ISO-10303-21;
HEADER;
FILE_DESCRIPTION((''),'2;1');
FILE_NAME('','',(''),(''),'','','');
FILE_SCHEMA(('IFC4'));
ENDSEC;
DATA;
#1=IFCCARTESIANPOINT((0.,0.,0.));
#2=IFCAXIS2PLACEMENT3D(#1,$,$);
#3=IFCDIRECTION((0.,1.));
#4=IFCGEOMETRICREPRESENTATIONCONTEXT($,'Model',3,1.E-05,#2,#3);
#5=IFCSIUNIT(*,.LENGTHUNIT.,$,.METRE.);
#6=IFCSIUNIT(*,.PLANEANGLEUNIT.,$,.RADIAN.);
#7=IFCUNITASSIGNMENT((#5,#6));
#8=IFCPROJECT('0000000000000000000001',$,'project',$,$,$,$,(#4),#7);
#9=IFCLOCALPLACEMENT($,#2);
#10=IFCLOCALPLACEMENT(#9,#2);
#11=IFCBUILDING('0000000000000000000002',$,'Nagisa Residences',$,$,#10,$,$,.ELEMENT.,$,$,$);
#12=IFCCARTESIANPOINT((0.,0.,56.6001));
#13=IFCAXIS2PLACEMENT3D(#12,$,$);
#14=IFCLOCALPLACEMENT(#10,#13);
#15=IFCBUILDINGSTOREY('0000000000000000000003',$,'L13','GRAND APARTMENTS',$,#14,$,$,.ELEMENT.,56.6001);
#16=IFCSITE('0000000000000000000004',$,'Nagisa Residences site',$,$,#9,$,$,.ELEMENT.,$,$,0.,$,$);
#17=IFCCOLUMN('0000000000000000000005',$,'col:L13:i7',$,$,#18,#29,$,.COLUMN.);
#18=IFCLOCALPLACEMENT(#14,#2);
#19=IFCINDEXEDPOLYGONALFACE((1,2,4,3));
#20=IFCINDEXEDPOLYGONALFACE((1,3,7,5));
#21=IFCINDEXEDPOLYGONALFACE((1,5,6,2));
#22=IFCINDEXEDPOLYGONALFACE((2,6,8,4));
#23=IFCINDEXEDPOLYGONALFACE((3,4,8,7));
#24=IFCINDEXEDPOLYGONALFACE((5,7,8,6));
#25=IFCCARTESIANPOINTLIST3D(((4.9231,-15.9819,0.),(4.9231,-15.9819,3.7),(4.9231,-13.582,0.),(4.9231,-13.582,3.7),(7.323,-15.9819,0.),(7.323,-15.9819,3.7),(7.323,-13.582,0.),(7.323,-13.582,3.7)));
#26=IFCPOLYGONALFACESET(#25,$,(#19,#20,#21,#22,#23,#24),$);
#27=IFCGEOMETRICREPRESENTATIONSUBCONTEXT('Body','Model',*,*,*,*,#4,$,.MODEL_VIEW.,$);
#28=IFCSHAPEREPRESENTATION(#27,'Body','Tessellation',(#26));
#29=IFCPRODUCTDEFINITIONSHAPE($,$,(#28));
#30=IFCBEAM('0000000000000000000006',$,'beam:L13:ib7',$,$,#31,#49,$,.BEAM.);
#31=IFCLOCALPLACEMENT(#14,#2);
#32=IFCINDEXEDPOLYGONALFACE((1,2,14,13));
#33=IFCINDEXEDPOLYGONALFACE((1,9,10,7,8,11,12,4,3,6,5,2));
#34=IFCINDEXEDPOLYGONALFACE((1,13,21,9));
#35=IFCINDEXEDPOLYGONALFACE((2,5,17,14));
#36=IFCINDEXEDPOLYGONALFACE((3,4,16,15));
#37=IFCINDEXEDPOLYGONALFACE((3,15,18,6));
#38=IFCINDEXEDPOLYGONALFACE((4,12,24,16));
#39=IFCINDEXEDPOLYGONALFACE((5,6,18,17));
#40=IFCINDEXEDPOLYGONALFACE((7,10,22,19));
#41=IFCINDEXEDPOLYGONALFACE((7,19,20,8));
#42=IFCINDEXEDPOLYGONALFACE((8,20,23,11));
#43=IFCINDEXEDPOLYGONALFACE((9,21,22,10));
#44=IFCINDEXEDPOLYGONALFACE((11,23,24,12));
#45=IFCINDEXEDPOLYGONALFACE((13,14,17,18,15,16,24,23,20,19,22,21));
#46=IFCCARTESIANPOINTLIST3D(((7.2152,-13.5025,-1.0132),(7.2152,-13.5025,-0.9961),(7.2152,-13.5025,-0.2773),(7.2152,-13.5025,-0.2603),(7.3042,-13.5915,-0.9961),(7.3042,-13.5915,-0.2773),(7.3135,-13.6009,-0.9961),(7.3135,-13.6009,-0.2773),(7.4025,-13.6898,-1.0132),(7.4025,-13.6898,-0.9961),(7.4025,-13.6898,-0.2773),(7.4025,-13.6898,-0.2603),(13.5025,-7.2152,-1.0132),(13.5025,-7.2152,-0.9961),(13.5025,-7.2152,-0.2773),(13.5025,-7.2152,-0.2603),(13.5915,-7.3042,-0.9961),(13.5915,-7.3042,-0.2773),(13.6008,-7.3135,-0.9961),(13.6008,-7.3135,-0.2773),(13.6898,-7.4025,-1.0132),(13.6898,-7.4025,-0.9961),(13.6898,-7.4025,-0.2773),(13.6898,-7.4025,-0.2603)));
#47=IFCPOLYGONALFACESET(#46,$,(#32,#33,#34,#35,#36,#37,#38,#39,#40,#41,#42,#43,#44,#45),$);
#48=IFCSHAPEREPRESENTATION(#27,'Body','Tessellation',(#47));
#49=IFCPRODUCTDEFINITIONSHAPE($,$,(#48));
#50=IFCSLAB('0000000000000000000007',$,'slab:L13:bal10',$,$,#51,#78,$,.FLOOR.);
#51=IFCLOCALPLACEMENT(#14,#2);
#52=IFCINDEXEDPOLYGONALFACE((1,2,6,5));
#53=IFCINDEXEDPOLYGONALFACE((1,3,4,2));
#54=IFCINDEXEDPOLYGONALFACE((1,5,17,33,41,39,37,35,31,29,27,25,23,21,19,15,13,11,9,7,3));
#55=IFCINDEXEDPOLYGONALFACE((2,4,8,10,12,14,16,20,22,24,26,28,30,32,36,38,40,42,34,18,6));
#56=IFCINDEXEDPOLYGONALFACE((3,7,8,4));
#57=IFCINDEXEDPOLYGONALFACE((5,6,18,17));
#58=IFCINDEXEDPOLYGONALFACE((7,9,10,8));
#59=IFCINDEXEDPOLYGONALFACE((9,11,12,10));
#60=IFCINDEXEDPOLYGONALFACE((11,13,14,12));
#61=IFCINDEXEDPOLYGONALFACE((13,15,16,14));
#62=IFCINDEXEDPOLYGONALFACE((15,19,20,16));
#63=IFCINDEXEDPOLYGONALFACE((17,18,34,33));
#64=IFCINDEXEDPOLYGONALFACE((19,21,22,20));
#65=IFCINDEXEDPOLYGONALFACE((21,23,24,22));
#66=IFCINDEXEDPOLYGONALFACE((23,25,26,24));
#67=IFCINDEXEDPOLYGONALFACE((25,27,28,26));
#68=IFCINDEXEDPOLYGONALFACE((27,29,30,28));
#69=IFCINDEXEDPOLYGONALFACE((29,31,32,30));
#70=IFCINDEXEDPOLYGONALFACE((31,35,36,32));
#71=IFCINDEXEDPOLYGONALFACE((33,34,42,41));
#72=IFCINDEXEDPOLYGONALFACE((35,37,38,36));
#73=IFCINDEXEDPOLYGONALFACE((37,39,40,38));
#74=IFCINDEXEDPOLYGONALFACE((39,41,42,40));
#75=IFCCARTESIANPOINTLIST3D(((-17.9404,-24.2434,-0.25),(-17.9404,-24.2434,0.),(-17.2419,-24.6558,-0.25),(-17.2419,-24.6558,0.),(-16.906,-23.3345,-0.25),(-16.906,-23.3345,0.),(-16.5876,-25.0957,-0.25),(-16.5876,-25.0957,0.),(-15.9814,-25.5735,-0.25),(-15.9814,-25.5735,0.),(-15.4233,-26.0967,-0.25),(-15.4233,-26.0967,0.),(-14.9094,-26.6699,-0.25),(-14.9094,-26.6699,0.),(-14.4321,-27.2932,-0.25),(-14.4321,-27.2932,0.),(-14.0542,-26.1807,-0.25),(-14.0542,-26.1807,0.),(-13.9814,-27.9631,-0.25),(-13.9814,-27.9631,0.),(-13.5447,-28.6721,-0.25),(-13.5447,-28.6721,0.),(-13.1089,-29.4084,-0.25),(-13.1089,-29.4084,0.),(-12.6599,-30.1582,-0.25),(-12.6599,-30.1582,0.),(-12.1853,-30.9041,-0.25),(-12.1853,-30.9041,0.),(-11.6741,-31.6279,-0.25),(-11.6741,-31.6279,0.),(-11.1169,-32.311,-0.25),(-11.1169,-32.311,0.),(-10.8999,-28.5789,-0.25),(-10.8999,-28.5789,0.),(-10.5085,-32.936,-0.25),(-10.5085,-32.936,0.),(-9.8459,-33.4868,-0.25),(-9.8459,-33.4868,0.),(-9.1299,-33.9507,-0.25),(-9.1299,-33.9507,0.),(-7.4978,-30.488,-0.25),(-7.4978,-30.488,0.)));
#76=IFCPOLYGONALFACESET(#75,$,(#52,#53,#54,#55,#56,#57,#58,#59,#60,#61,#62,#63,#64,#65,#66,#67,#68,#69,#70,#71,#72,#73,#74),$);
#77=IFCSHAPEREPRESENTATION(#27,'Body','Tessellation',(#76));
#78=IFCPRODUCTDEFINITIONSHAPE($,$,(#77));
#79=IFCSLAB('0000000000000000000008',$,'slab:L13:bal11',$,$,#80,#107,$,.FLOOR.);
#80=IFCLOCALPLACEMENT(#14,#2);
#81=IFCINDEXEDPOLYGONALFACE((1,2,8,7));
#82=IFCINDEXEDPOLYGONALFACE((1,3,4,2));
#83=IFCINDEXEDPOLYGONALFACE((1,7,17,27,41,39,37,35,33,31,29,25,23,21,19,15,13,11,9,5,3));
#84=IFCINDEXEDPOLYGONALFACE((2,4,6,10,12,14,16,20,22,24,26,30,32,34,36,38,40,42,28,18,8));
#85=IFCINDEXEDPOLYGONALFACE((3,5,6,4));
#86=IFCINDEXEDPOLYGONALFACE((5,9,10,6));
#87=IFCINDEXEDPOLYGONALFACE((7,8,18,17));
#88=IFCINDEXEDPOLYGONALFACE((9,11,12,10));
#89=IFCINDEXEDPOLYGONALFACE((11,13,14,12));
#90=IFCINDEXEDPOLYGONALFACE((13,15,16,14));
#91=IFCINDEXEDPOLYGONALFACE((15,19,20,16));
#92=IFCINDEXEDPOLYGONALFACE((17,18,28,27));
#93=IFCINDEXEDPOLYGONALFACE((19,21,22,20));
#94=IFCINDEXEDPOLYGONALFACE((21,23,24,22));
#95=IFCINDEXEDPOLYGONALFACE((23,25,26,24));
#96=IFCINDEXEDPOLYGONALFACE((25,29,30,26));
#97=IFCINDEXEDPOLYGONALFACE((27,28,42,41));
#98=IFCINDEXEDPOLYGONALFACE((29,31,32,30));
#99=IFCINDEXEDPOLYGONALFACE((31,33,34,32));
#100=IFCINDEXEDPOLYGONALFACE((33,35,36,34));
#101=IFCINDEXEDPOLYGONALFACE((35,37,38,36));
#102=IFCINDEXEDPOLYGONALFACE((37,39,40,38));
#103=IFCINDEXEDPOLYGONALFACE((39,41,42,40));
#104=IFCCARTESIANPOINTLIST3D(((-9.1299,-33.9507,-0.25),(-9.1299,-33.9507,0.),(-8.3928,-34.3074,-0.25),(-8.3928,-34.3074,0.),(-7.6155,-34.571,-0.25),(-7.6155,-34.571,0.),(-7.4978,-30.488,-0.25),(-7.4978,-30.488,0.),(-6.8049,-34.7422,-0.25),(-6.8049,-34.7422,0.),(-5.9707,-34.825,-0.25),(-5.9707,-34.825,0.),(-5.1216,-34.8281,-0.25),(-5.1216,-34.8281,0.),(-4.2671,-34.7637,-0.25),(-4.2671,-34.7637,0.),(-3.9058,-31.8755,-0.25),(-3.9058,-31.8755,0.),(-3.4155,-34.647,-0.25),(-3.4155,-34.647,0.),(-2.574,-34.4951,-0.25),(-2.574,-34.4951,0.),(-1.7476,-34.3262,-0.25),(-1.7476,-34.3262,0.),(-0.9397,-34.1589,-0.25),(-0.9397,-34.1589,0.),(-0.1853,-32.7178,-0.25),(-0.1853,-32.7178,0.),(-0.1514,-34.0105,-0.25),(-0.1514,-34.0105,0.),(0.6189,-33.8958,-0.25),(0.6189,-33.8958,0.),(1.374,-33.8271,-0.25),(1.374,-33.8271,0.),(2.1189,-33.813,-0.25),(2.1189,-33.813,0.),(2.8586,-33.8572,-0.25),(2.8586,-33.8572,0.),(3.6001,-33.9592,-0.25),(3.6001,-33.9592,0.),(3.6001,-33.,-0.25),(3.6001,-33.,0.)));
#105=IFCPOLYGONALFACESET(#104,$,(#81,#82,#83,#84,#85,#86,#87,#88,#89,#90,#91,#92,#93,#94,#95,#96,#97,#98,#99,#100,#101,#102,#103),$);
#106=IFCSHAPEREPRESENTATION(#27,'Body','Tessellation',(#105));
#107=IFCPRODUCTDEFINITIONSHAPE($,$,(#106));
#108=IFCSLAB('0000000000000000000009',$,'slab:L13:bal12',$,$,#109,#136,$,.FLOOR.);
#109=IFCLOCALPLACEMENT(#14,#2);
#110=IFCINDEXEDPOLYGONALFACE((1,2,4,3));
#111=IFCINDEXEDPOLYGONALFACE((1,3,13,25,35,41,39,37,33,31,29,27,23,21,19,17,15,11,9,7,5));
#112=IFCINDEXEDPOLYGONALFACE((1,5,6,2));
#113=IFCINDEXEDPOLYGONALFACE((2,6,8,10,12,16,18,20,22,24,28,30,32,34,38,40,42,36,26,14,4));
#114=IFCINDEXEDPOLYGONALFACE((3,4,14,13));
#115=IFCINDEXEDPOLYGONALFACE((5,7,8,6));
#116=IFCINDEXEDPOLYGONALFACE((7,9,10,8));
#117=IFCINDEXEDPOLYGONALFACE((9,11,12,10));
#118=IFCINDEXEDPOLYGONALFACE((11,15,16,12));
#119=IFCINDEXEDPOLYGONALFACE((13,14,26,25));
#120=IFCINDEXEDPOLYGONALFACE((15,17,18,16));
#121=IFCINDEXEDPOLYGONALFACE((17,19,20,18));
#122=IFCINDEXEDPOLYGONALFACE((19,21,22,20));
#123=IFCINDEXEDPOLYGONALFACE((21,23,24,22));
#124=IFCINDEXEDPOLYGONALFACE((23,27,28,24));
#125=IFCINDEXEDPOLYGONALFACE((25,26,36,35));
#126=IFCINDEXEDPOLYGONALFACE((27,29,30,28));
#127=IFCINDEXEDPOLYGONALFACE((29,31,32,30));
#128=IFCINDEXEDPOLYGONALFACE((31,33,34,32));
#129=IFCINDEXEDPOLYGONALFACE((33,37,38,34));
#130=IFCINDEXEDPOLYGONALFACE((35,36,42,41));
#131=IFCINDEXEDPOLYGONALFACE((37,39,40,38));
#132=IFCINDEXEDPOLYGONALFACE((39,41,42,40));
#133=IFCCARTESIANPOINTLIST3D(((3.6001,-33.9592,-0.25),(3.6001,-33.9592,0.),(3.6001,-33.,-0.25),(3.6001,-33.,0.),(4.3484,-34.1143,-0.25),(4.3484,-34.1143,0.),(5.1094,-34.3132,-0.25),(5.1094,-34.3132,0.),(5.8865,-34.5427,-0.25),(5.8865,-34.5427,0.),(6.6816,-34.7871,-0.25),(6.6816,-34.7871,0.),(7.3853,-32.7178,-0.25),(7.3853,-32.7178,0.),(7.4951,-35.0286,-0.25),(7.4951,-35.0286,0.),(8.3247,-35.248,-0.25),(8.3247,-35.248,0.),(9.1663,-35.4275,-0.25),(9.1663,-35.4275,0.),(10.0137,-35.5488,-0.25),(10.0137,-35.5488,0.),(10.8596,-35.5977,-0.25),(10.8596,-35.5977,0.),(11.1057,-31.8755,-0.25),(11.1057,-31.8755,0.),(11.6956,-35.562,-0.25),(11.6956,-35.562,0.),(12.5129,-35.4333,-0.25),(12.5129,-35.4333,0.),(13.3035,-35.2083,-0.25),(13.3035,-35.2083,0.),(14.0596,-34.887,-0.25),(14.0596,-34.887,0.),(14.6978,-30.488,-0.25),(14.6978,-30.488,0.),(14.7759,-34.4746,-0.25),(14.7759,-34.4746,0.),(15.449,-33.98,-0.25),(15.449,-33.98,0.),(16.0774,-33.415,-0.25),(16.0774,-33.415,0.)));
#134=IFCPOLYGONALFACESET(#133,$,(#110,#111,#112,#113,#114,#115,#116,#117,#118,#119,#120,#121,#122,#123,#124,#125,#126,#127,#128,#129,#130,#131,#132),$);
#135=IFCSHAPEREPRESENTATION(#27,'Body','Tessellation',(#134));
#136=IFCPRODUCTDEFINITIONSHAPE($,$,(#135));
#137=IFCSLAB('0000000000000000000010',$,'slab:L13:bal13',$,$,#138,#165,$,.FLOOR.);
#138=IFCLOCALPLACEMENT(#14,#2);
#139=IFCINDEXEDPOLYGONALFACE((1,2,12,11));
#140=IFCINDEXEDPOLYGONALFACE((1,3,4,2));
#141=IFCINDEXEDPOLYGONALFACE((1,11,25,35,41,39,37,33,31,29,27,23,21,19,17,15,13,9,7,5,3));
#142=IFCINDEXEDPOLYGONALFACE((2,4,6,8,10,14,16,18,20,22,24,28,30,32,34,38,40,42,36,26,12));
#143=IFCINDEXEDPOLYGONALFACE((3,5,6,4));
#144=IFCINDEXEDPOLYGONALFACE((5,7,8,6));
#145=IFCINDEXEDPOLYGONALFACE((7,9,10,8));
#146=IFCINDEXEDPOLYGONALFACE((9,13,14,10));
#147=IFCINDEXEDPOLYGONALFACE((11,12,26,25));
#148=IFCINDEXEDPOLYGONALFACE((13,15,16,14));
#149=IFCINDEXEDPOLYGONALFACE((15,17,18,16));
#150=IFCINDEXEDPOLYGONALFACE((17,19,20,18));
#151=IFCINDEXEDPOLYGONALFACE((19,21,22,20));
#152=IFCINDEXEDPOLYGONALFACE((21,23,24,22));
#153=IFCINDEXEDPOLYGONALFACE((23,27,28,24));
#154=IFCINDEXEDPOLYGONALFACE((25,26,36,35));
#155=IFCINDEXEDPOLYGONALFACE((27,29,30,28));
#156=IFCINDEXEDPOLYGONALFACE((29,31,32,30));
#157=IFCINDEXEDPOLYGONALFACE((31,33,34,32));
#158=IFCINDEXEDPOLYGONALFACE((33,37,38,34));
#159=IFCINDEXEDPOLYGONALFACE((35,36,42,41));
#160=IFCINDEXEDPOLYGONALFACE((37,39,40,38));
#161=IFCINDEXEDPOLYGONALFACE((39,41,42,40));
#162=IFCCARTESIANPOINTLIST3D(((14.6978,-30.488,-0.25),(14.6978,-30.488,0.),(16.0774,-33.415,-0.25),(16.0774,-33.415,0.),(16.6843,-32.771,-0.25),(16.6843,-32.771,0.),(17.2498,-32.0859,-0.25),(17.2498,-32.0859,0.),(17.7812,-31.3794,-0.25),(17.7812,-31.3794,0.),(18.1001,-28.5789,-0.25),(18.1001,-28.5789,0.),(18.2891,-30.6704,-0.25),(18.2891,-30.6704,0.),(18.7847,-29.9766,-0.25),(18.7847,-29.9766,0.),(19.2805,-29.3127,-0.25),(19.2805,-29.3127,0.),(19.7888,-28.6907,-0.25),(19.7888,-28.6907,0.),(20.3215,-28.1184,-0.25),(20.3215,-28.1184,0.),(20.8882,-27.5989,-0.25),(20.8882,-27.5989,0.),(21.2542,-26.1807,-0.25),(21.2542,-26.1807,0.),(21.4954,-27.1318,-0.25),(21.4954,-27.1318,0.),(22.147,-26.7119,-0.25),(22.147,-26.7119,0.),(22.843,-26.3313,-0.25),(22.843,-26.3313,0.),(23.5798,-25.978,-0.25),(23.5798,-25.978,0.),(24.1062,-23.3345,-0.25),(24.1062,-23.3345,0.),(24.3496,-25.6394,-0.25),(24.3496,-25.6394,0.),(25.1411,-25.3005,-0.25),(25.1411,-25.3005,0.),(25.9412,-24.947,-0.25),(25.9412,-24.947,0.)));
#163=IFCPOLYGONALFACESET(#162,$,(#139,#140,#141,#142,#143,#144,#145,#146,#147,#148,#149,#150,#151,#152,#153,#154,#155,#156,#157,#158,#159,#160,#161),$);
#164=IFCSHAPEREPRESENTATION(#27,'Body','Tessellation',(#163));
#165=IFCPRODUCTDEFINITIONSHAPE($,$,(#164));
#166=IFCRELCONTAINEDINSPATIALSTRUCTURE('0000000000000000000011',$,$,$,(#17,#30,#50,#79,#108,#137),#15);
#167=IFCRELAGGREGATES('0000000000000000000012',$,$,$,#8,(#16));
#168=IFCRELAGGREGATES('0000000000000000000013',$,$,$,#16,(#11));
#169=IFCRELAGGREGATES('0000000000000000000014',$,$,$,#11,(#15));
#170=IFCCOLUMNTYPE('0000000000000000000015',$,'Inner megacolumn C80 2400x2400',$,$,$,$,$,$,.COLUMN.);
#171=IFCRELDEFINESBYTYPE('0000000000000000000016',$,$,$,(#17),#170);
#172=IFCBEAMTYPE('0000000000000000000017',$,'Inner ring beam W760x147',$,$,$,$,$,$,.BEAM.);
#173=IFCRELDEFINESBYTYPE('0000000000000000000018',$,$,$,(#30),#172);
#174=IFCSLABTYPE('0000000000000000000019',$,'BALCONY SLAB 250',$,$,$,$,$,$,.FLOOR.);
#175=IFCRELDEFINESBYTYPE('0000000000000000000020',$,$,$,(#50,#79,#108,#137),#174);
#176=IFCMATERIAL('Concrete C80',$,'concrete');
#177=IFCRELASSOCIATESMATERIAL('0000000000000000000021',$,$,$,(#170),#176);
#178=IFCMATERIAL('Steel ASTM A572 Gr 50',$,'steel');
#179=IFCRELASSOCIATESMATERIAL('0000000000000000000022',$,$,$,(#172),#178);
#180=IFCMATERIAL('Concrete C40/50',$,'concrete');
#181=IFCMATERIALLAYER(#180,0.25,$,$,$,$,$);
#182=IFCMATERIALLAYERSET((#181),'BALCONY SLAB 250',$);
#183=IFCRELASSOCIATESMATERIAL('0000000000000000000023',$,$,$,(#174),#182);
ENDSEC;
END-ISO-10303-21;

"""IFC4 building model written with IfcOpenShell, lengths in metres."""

from ifc_helpers import new_model, si_unit, direction, frame, origin, origin_2d, place, context, subcontext, project, spatial, polyline, rectangle, i_section, outline, extrude, material, layer, layer_set, material_profile, profile_set, type_object, element, save


model = new_model("IFC4")

# Units and contexts
model_context = context("Model", 3, precision=1e-05, world=origin(), true_north=direction((0.0, 1.0)))
body_context = subcontext(model_context, "Body", "Model", "MODEL_VIEW")
ifc_project = project(units=[si_unit("LENGTHUNIT", "METRE"), si_unit("PLANEANGLEUNIT", "RADIAN")], contexts=[model_context])

# Site, building, storey
site_placement = place(None, origin())
site = spatial("IfcSite", under=ifc_project, at=site_placement, Name="Nagisa Residences site", CompositionType="ELEMENT", RefElevation=0.0)
building_placement = place(site_placement, origin())
building = spatial("IfcBuilding", under=site, at=building_placement, Name="Nagisa Residences", CompositionType="ELEMENT")
storey_placement = place(building_placement, frame((0.0, 0.0, 56.6001)))
storey = spatial("IfcBuildingStorey", under=building, at=storey_placement, Name="L13", Description="GRAND APARTMENTS", CompositionType="ELEMENT", Elevation=56.6001)

# Column
ifc_material_1 = material(Name="Concrete C80", Category="concrete")
ifc_material_profile_1 = material_profile(ifc_material_1, rectangle(XDim=2.3999, YDim=2.3999, at=origin_2d()), Name="C80 2400x2400")
ifc_profile_set_1 = profile_set([ifc_material_profile_1], Name="Concrete C80")
column_type = type_object("IfcColumnType", Name="Inner megacolumn C80 2400x2400", PredefinedType="COLUMN", material=ifc_profile_set_1)
column_placement = place(storey_placement, frame((6.123, -14.782, 0.0), z_axis=(0.0, 0.0, 1.0), x_axis=(1.0, 0.0, 0.0)))
element("IfcColumn", 1, at=column_placement, inside=storey, type_object=column_type, Name="col:L13:i7", PredefinedType="COLUMN", context=body_context, shape_type="SweptSolid", body=[
    extrude(rectangle(XDim=2.3999, YDim=2.3999, at=origin_2d()), origin(), (0.0, 0.0, 1.0), 3.7),
])

# Beam
ifc_material_2 = material(Name="Steel ASTM A572 Gr 50", Category="steel")
ifc_material_profile_2 = material_profile(ifc_material_2, i_section(OverallWidth=0.2649, OverallDepth=0.7529, WebThickness=0.0132, FlangeThickness=0.0171, at=origin_2d()), Name="W760x147")
ifc_profile_set_2 = profile_set([ifc_material_profile_2], Name="Steel ASTM A572 Gr 50")
beam_type = type_object("IfcBeamType", Name="Inner ring beam W760x147", PredefinedType="BEAM", material=ifc_profile_set_2)
beam_placement = place(storey_placement, frame((7.3088, -13.5962, -0.6367), z_axis=(0.707107, 0.707107, 0.0), x_axis=(-0.707107, 0.707107, 0.0)))
element("IfcBeam", 2, at=beam_placement, inside=storey, type_object=beam_type, Name="beam:L13:ib7", PredefinedType="BEAM", context=body_context, shape_type="SweptSolid", body=[
    extrude(i_section(OverallWidth=0.2649, OverallDepth=0.7529, WebThickness=0.0132, FlangeThickness=0.0171, at=origin_2d()), origin(), (0.0, 0.0, 1.0), 8.8916),
])

# Slabs
ifc_material_3 = material(Name="Concrete C40/50", Category="concrete")
ifc_layer_1 = layer(ifc_material_3, 0.25)
ifc_layer_set_1 = layer_set([ifc_layer_1], Name="BALCONY SLAB 250")
slab_type = type_object("IfcSlabType", Name="BALCONY SLAB 250", PredefinedType="FLOOR", material=ifc_layer_set_1)
slab_1_placement = place(storey_placement, frame((0.0, 0.0, -0.25)))
element("IfcSlab", 3, at=slab_1_placement, inside=storey, type_object=slab_type, Name="slab:L13:bal10", PredefinedType="FLOOR", context=body_context, shape_type="SweptSolid", body=[
    extrude(outline(polyline([(-17.9404, -24.2434), (-17.2419, -24.6558), (-16.5876, -25.0957), (-15.9814, -25.5735), (-15.4233, -26.0967), (-14.9094, -26.6699), (-14.4321, -27.2932), (-13.9814, -27.9631), (-13.5447, -28.6721), (-13.1089, -29.4084), (-12.6599, -30.1582), (-12.1853, -30.9041), (-11.6741, -31.6279), (-11.1169, -32.311), (-10.5085, -32.936), (-9.8459, -33.4868), (-9.1299, -33.9507), (-7.4978, -30.488), (-10.8999, -28.5789), (-14.0542, -26.1807), (-16.906, -23.3345), (-17.9404, -24.2434)])), origin(), (0.0, 0.0, 1.0), 0.25),
])
slab_2_placement = place(storey_placement, frame((0.0, 0.0, -0.25)))
element("IfcSlab", 4, at=slab_2_placement, inside=storey, type_object=slab_type, Name="slab:L13:bal11", PredefinedType="FLOOR", context=body_context, shape_type="SweptSolid", body=[
    extrude(outline(polyline([(-9.1299, -33.9507), (-8.3928, -34.3074), (-7.6155, -34.571), (-6.8049, -34.7422), (-5.9707, -34.825), (-5.1216, -34.8281), (-4.2671, -34.7637), (-3.4155, -34.647), (-2.574, -34.4951), (-1.7476, -34.3262), (-0.9397, -34.1589), (-0.1514, -34.0105), (0.6189, -33.8958), (1.374, -33.8271), (2.1189, -33.813), (2.8586, -33.8572), (3.6001, -33.9592), (3.6001, -33.0), (-0.1853, -32.7178), (-3.9058, -31.8755), (-7.4978, -30.488), (-9.1299, -33.9507)])), origin(), (0.0, 0.0, 1.0), 0.25),
])
slab_3_placement = place(storey_placement, frame((0.0, 0.0, -0.25)))
element("IfcSlab", 5, at=slab_3_placement, inside=storey, type_object=slab_type, Name="slab:L13:bal12", PredefinedType="FLOOR", context=body_context, shape_type="SweptSolid", body=[
    extrude(outline(polyline([(3.6001, -33.9592), (4.3484, -34.1143), (5.1094, -34.3132), (5.8865, -34.5427), (6.6816, -34.7871), (7.4951, -35.0286), (8.3247, -35.248), (9.1663, -35.4275), (10.0137, -35.5488), (10.8596, -35.5977), (11.6956, -35.562), (12.5129, -35.4333), (13.3035, -35.2083), (14.0596, -34.887), (14.7759, -34.4746), (15.449, -33.98), (16.0774, -33.415), (14.6978, -30.488), (11.1057, -31.8755), (7.3853, -32.7178), (3.6001, -33.0), (3.6001, -33.9592)])), origin(), (0.0, 0.0, 1.0), 0.25),
])
slab_4_placement = place(storey_placement, frame((0.0, 0.0, -0.25)))
element("IfcSlab", 6, at=slab_4_placement, inside=storey, type_object=slab_type, Name="slab:L13:bal13", PredefinedType="FLOOR", context=body_context, shape_type="SweptSolid", body=[
    extrude(outline(polyline([(16.0774, -33.415), (16.6843, -32.771), (17.2498, -32.0859), (17.7812, -31.3794), (18.2891, -30.6704), (18.7847, -29.9766), (19.2805, -29.3127), (19.7888, -28.6907), (20.3215, -28.1184), (20.8882, -27.5989), (21.4954, -27.1318), (22.147, -26.7119), (22.843, -26.3313), (23.5798, -25.978), (24.3496, -25.6394), (25.1411, -25.3005), (25.9412, -24.947), (24.1062, -23.3345), (21.2542, -26.1807), (18.1001, -28.5789), (14.6978, -30.488), (16.0774, -33.415)])), origin(), (0.0, 0.0, 1.0), 0.25),
])

save(model, "model.ifc")
